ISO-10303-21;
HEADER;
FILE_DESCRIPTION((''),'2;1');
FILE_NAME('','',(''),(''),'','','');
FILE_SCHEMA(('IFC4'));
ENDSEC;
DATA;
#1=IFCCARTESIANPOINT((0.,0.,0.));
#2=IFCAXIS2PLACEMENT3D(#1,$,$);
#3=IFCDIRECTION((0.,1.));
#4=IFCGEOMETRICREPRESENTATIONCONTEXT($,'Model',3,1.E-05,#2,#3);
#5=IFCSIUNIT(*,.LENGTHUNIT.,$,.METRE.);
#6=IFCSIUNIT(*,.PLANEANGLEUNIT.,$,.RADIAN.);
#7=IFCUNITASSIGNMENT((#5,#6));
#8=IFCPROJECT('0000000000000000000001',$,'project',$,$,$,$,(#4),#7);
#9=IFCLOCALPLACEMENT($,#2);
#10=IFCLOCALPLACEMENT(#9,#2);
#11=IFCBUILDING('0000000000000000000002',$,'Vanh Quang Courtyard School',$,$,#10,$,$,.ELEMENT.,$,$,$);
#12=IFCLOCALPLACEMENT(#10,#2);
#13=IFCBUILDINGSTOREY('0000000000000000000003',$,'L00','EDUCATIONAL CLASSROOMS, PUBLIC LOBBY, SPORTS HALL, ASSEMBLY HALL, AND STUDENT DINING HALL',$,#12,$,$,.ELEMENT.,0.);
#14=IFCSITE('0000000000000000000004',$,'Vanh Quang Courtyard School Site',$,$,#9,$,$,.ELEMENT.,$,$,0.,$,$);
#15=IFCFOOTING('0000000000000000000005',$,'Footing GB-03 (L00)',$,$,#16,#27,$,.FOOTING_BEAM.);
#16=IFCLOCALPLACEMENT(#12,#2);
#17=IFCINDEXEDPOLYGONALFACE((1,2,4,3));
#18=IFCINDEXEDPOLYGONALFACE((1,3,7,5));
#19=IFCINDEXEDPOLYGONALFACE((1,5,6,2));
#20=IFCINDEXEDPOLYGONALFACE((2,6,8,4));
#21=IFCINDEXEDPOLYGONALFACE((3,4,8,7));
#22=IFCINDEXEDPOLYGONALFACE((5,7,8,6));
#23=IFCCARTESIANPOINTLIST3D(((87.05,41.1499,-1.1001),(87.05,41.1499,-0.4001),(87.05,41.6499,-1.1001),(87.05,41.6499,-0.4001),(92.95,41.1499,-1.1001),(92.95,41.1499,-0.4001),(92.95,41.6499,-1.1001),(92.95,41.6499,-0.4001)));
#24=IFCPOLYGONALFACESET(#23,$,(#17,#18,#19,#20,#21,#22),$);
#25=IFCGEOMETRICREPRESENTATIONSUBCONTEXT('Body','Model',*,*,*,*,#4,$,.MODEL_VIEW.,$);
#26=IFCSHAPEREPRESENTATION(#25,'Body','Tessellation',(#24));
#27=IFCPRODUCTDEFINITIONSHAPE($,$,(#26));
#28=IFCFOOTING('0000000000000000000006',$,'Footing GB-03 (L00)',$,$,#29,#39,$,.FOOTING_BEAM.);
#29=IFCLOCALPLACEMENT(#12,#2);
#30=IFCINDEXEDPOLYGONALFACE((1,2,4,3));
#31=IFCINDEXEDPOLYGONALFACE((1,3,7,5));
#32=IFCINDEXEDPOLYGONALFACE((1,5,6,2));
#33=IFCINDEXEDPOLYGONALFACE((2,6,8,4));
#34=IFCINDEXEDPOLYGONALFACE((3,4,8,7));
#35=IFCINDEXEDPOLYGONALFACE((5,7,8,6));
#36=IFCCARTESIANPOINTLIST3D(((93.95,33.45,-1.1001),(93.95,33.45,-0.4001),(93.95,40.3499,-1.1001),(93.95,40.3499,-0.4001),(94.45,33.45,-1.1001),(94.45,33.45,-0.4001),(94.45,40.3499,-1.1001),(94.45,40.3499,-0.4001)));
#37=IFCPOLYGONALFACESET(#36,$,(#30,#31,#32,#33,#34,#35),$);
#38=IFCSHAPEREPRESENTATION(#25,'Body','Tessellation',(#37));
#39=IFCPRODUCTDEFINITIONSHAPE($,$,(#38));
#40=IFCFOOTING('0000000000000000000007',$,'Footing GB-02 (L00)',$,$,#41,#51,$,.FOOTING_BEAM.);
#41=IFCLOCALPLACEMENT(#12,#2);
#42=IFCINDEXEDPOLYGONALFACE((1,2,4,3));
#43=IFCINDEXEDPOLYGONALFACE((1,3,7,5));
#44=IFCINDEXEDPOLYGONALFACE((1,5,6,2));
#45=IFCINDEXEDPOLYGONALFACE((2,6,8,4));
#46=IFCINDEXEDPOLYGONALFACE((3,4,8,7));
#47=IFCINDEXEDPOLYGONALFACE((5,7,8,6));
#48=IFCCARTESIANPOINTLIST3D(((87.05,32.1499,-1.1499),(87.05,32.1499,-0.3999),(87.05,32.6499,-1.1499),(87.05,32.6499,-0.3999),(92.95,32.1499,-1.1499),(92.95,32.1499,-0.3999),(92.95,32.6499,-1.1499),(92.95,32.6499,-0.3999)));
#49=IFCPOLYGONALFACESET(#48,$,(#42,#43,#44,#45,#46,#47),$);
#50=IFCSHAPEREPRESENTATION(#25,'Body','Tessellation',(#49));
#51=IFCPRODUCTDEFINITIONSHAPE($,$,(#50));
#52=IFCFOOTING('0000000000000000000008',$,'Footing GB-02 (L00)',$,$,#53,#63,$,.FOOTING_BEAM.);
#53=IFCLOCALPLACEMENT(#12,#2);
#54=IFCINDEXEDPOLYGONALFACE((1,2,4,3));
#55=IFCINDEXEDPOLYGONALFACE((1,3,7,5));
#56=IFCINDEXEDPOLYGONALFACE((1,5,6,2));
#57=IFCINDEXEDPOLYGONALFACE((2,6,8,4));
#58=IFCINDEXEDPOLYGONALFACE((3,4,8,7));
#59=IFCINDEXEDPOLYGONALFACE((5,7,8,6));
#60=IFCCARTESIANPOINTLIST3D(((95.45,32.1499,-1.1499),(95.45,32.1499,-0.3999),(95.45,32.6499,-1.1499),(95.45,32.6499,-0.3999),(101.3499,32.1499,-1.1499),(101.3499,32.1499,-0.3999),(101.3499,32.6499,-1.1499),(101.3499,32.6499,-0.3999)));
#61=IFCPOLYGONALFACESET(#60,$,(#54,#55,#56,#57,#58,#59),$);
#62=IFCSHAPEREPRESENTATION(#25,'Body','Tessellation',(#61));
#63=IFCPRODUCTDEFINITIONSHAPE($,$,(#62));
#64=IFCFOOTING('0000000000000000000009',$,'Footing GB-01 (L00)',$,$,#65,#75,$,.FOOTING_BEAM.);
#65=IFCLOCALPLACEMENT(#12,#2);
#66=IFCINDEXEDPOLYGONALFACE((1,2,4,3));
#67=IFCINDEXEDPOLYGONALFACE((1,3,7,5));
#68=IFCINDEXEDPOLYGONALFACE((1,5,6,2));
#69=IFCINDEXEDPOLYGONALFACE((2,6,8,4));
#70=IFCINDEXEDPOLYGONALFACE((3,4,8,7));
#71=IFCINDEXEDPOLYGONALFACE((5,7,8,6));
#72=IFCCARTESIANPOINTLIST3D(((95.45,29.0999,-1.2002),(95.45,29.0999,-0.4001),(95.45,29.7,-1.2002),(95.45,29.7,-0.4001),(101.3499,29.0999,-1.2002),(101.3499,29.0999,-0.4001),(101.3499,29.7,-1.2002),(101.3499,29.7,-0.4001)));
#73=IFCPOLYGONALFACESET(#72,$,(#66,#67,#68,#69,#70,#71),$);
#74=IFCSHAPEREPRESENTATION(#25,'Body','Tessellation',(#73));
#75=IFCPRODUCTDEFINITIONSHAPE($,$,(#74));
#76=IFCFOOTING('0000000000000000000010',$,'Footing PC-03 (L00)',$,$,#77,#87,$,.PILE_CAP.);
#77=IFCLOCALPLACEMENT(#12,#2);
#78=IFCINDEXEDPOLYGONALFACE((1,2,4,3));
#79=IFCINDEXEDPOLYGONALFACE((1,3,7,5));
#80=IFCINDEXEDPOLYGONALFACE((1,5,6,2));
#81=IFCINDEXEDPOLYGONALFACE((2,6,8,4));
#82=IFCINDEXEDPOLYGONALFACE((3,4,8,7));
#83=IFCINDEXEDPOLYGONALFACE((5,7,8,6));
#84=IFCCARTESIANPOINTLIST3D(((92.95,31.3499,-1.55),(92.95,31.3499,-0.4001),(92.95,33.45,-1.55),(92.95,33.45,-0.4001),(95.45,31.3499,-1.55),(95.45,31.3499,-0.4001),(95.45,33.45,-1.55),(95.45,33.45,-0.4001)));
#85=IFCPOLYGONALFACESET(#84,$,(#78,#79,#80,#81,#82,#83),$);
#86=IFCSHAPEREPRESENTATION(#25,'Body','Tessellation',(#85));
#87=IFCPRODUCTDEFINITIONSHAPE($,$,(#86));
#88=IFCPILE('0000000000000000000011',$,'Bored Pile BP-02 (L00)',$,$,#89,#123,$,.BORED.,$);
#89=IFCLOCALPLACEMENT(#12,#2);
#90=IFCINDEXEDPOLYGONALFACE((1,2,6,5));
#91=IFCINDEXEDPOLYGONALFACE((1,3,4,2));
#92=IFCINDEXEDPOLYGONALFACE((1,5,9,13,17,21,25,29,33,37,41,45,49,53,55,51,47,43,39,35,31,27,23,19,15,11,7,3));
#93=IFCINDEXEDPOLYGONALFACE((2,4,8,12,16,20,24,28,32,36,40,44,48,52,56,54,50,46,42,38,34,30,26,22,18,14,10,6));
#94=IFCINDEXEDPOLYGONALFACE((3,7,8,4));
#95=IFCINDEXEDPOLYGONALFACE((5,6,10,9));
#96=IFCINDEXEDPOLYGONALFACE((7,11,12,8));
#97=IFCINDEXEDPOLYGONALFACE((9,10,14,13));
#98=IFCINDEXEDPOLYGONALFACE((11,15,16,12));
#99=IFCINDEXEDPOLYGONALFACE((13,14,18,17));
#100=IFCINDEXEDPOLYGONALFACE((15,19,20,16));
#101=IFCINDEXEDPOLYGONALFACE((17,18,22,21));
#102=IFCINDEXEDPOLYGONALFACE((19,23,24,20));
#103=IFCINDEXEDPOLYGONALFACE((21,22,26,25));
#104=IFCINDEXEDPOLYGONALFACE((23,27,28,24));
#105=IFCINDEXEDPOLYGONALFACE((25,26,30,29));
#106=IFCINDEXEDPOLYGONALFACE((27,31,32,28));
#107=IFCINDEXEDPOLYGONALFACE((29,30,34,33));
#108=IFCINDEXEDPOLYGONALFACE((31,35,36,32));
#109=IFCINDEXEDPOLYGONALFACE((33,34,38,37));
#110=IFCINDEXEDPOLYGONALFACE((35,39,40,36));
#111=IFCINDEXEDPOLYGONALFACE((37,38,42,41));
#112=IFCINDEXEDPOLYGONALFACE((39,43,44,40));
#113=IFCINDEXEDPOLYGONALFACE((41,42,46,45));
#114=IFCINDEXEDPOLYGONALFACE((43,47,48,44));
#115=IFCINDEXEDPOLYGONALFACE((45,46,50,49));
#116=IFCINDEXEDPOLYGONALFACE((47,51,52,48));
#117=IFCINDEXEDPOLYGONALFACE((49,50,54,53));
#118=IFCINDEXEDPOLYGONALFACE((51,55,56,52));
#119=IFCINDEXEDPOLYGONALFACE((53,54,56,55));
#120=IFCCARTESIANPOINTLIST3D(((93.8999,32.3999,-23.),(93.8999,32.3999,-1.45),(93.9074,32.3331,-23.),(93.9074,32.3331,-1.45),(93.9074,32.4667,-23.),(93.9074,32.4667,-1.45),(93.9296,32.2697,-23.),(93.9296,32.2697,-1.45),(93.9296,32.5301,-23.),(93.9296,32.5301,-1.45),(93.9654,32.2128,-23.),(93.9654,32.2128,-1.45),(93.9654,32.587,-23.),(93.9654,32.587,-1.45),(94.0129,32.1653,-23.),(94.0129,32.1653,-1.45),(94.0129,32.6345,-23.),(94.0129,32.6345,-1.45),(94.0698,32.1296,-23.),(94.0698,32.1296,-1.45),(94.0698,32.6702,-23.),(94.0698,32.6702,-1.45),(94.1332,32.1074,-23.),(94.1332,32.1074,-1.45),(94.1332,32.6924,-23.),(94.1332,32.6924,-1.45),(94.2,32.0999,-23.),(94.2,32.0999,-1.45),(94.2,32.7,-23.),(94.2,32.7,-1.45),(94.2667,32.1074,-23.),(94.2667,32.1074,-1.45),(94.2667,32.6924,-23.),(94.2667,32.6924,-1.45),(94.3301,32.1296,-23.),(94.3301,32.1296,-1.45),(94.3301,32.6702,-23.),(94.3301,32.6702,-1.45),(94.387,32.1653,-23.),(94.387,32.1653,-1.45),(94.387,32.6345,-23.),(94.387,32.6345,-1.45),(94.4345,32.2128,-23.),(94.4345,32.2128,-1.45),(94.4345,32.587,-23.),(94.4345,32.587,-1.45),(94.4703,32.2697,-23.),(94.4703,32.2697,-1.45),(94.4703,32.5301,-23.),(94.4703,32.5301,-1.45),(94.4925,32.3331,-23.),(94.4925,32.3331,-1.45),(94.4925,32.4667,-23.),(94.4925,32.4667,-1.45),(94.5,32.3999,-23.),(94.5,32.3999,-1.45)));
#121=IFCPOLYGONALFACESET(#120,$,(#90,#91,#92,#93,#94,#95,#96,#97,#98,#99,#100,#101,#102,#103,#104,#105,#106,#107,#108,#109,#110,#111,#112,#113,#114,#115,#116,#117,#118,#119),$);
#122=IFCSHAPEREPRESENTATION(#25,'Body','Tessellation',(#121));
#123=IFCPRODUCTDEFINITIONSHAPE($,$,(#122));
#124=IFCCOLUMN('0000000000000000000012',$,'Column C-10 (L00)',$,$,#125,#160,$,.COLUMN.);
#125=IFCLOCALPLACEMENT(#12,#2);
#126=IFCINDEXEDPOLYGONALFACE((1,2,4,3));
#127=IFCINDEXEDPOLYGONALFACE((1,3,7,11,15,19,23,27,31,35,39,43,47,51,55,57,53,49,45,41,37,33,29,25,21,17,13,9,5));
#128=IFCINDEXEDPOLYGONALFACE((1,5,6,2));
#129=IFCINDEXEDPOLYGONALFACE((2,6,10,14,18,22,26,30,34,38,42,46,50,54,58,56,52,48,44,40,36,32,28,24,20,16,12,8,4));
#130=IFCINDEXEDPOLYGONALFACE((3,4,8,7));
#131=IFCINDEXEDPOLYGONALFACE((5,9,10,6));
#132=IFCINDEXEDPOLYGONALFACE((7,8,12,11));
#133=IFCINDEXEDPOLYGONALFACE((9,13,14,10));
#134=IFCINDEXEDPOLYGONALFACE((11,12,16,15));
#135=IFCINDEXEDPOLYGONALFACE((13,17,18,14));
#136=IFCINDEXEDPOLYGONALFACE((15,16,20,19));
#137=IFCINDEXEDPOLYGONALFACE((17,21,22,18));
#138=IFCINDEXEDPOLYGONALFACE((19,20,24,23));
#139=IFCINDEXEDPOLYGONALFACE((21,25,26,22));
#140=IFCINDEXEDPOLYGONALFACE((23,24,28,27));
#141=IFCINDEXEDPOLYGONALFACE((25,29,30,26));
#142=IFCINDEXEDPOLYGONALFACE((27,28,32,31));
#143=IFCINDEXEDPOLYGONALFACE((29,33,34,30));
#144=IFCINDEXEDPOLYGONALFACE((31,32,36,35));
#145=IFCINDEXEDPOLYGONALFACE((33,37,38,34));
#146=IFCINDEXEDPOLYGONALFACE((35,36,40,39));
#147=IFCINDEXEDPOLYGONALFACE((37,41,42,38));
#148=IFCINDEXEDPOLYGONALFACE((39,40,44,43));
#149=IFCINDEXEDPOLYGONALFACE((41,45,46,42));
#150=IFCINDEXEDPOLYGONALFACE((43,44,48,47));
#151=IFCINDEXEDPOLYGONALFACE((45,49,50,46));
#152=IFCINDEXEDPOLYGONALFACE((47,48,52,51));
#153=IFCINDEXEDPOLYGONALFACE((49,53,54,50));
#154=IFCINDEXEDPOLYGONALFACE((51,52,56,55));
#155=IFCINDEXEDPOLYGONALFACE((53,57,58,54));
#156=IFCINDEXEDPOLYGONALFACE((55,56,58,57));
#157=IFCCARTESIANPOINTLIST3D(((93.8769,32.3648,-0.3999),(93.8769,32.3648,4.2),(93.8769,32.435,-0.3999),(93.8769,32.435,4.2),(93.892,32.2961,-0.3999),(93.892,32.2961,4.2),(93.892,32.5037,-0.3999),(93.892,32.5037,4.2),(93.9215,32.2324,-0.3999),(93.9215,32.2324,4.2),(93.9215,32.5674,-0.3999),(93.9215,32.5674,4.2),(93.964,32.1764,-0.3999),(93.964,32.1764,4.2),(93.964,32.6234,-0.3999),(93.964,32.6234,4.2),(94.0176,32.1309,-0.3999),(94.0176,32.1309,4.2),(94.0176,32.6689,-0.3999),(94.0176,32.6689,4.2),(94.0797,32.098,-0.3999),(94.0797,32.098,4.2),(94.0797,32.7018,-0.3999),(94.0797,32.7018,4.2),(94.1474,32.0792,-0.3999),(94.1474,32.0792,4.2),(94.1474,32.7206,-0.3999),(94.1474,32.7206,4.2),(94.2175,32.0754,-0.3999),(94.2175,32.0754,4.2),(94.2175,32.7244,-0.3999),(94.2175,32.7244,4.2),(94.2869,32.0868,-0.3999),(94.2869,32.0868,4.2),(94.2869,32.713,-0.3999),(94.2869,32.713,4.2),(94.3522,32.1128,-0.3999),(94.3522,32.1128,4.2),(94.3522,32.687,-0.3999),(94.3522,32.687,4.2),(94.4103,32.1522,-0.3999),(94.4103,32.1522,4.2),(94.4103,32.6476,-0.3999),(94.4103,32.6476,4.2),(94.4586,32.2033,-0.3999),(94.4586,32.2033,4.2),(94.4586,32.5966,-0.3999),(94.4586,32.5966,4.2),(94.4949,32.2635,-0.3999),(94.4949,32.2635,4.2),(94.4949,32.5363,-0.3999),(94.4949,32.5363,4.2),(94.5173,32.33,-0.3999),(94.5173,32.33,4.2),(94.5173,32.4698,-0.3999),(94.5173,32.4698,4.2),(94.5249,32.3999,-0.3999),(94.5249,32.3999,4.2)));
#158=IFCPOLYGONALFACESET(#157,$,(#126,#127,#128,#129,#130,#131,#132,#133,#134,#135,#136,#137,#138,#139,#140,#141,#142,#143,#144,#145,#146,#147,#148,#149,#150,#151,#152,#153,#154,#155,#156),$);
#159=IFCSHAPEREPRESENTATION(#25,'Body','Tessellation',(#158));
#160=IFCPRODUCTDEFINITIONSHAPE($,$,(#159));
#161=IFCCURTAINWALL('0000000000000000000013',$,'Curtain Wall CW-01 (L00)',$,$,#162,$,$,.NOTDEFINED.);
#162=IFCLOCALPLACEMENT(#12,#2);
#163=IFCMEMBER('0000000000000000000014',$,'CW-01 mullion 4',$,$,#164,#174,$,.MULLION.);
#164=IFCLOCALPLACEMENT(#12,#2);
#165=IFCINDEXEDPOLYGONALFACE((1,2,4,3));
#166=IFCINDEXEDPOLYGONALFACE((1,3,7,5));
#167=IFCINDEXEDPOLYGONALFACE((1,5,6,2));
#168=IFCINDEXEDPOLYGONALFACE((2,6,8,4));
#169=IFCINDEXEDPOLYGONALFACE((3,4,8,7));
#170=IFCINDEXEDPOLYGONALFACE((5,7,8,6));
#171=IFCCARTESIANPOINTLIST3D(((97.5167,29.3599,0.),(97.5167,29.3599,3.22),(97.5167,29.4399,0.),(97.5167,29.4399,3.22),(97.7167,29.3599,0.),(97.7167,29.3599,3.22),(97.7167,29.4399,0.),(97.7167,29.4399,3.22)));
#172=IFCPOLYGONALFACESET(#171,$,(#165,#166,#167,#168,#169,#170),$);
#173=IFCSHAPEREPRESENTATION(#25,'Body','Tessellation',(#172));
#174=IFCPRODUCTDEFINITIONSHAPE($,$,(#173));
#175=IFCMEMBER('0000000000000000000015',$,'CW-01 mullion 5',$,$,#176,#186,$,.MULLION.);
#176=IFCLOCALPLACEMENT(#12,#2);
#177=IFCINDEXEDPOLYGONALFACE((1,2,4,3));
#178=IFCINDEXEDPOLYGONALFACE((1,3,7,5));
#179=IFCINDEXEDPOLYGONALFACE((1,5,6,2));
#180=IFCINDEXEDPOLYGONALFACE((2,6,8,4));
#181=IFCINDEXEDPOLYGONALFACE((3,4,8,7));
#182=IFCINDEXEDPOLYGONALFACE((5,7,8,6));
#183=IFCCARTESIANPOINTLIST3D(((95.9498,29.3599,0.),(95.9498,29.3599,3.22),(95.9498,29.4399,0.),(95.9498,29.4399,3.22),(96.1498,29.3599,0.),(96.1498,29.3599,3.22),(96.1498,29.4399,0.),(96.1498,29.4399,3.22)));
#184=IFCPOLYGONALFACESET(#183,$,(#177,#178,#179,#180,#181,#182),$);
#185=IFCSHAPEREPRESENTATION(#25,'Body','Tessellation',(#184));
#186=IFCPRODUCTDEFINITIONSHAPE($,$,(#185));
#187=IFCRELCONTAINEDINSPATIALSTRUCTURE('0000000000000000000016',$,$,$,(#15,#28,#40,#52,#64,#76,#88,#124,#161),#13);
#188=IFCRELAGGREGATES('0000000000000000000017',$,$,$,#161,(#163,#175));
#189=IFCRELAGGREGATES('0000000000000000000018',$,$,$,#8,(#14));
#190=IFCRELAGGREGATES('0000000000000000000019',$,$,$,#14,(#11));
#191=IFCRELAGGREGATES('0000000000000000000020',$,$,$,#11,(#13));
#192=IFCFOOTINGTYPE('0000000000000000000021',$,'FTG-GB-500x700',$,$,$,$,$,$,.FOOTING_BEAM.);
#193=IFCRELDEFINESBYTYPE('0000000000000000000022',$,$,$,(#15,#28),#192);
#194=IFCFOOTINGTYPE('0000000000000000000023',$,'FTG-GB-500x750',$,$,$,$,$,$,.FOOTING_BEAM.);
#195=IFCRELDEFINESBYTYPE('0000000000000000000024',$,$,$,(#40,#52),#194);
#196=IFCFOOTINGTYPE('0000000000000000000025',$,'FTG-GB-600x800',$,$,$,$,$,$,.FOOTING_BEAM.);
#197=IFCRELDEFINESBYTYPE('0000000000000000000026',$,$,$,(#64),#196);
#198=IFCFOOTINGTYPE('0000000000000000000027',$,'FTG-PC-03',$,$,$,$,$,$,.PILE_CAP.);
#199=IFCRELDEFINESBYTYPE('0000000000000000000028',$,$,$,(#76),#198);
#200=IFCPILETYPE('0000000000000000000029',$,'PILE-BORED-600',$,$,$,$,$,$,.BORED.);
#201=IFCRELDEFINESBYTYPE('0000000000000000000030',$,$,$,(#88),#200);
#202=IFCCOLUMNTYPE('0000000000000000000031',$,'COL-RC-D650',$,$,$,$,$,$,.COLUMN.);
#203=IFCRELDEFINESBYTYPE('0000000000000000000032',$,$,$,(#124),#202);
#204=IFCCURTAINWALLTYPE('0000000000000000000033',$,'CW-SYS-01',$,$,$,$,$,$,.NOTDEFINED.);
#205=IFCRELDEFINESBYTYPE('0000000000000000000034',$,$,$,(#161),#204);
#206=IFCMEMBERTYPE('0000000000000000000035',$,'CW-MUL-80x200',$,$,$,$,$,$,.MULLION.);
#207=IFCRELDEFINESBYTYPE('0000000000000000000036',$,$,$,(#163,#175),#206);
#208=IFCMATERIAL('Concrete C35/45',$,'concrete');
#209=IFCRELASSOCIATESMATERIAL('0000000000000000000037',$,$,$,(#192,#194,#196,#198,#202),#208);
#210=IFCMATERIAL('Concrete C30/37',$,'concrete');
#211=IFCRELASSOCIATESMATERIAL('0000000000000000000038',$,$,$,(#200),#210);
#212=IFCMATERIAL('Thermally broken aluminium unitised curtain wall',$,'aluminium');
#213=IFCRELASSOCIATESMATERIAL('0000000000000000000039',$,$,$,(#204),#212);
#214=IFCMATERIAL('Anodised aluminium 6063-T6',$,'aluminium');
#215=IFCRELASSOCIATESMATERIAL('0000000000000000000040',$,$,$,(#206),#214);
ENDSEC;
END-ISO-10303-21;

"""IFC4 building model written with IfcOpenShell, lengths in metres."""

from ifc_helpers import new_model, si_unit, direction, frame, origin, origin_2d, place, context, subcontext, project, spatial, rectangle, circle, extrude, material, material_profile, profile_set, type_object, element, aggregate, save


model = new_model("IFC4")

# Units and contexts
model_context = context("Model", 3, precision=1e-05, world=origin(), true_north=direction((0.0, 1.0)))
body_context = subcontext(model_context, "Body", "Model", "MODEL_VIEW")
ifc_project = project(units=[si_unit("LENGTHUNIT", "METRE"), si_unit("PLANEANGLEUNIT", "RADIAN")], contexts=[model_context])

# Site, building, storey
site_placement = place(None, origin())
site = spatial("IfcSite", under=ifc_project, at=site_placement, Name="Vanh Quang Courtyard School Site", CompositionType="ELEMENT", RefElevation=0.0)
building_placement = place(site_placement, origin())
building = spatial("IfcBuilding", under=site, at=building_placement, Name="Vanh Quang Courtyard School", CompositionType="ELEMENT")
storey_placement = place(building_placement, origin())
storey = spatial("IfcBuildingStorey", under=building, at=storey_placement, Name="L00", Description="EDUCATIONAL CLASSROOMS, PUBLIC LOBBY, SPORTS HALL, ASSEMBLY HALL, AND STUDENT DINING HALL", CompositionType="ELEMENT", Elevation=0.0)

# Footings
ifc_material_1 = material(Name="Concrete C35/45", Category="concrete")
footing_type_1 = type_object("IfcFootingType", Name="FTG-GB-500x700", PredefinedType="FOOTING_BEAM", material=ifc_material_1)
footing_1_placement = place(storey_placement, frame((90.0, 41.3999, -1.1001), z_axis=(0.0, 0.0, 1.0), x_axis=(1.0, 0.0, 0.0)))
element("IfcFooting", 1, at=footing_1_placement, inside=storey, type_object=footing_type_1, Name="Footing GB-03 (L00)", PredefinedType="FOOTING_BEAM", context=body_context, shape_type="SweptSolid", body=[
    extrude(rectangle(XDim=5.8999, YDim=0.5, at=origin_2d()), origin(), (0.0, 0.0, 1.0), 0.7),
])
footing_2_placement = place(storey_placement, frame((94.2, 36.8999, -1.1001), z_axis=(0.0, 0.0, 1.0), x_axis=(0.0, 1.0, 0.0)))
element("IfcFooting", 2, at=footing_2_placement, inside=storey, type_object=footing_type_1, Name="Footing GB-03 (L00)", PredefinedType="FOOTING_BEAM", context=body_context, shape_type="SweptSolid", body=[
    extrude(rectangle(XDim=6.8999, YDim=0.5, at=origin_2d()), origin(), (0.0, 0.0, 1.0), 0.7),
])
footing_type_2 = type_object("IfcFootingType", Name="FTG-GB-500x750", PredefinedType="FOOTING_BEAM", material=ifc_material_1)
for number, where, z_axis, x_axis, name in (
    (3, (90.0, 32.3999, -1.1499), (0.0, 0.0, 1.0), (1.0, 0.0, 0.0), "Footing GB-02 (L00)"),
    (4, (98.3999, 32.3999, -1.1499), (0.0, 0.0, 1.0), (1.0, 0.0, 0.0), "Footing GB-02 (L00)"),
):
    element("IfcFooting", number, at=place(storey_placement, frame(where, z_axis=z_axis, x_axis=x_axis)), inside=storey, type_object=footing_type_2, Name=name, PredefinedType="FOOTING_BEAM", context=body_context, shape_type="SweptSolid", body=[
        extrude(rectangle(XDim=5.8999, YDim=0.5, at=origin_2d()), origin(), (0.0, 0.0, 1.0), 0.75),
    ])
footing_type_3 = type_object("IfcFootingType", Name="FTG-GB-600x800", PredefinedType="FOOTING_BEAM", material=ifc_material_1)
footing_3_placement = place(storey_placement, frame((98.3999, 29.3999, -1.2002), z_axis=(0.0, 0.0, 1.0), x_axis=(1.0, 0.0, 0.0)))
element("IfcFooting", 5, at=footing_3_placement, inside=storey, type_object=footing_type_3, Name="Footing GB-01 (L00)", PredefinedType="FOOTING_BEAM", context=body_context, shape_type="SweptSolid", body=[
    extrude(rectangle(XDim=5.8999, YDim=0.6001, at=origin_2d()), origin(), (0.0, 0.0, 1.0), 0.8),
])
footing_type_4 = type_object("IfcFootingType", Name="FTG-PC-03", PredefinedType="PILE_CAP", material=ifc_material_1)
footing_4_placement = place(storey_placement, frame((94.2, 32.3999, -1.55), z_axis=(0.0, 0.0, 1.0), x_axis=(1.0, 0.0, 0.0)))
element("IfcFooting", 6, at=footing_4_placement, inside=storey, type_object=footing_type_4, Name="Footing PC-03 (L00)", PredefinedType="PILE_CAP", context=body_context, shape_type="SweptSolid", body=[
    extrude(rectangle(XDim=2.5, YDim=2.1001, at=origin_2d()), origin(), (0.0, 0.0, 1.0), 1.1499),
])

# Pile
ifc_material_2 = material(Name="Concrete C30/37", Category="concrete")
ifc_material_profile_1 = material_profile(ifc_material_2, circle(Radius=0.3, at=origin_2d()), Name="PILE D600")
ifc_profile_set_1 = profile_set([ifc_material_profile_1], Name="Concrete C30/37")
pile_type = type_object("IfcPileType", Name="PILE-BORED-600", PredefinedType="BORED", material=ifc_profile_set_1)
pile_placement = place(storey_placement, frame((94.2, 32.3999, -1.45), z_axis=(0.0, 0.0, -1.0), x_axis=(1.0, 0.0, 0.0)))
element("IfcPile", 7, at=pile_placement, inside=storey, type_object=pile_type, Name="Bored Pile BP-02 (L00)", PredefinedType="BORED", context=body_context, shape_type="SweptSolid", body=[
    extrude(circle(Radius=0.3, at=origin_2d()), origin(), (0.0, 0.0, 1.0), 21.55),
])

# Column
ifc_material_profile_2 = material_profile(ifc_material_1, circle(Radius=0.325, at=origin_2d()), Name="RC-COL D650")
ifc_profile_set_2 = profile_set([ifc_material_profile_2], Name="Concrete C35/45")
column_type = type_object("IfcColumnType", Name="COL-RC-D650", PredefinedType="COLUMN", material=ifc_profile_set_2)
column_placement = place(storey_placement, frame((94.2, 32.3999, -0.3999), z_axis=(0.0, 0.0, 1.0), x_axis=(1.0, 0.0, 0.0)))
element("IfcColumn", 8, at=column_placement, inside=storey, type_object=column_type, Name="Column C-10 (L00)", PredefinedType="COLUMN", context=body_context, shape_type="SweptSolid", body=[
    extrude(circle(Radius=0.325, at=origin_2d()), origin(), (0.0, 0.0, 1.0), 4.5999),
])

# Curtain wall, members
ifc_material_3 = material(Name="Thermally broken aluminium unitised curtain wall", Category="aluminium")
curtain_wall_type = type_object("IfcCurtainWallType", Name="CW-SYS-01", PredefinedType="NOTDEFINED", material=ifc_material_3)
curtain_wall_placement = place(storey_placement, origin())
curtain_wall = element("IfcCurtainWall", 9, at=curtain_wall_placement, inside=storey, type_object=curtain_wall_type, Name="Curtain Wall CW-01 (L00)", PredefinedType="NOTDEFINED")
ifc_material_4 = material(Name="Anodised aluminium 6063-T6", Category="aluminium")
ifc_material_profile_3 = material_profile(ifc_material_4, rectangle(XDim=0.0801, YDim=0.2, at=origin_2d()), Name="ALU-MUL 80x200")
ifc_profile_set_3 = profile_set([ifc_material_profile_3], Name="Anodised aluminium 6063-T6")
member_type_1 = type_object("IfcMemberType", Name="CW-MUL-80x200", PredefinedType="MULLION", material=ifc_profile_set_3)
member_1_placement = place(storey_placement, frame((97.6167, 29.3999, 0.0), z_axis=(0.0, 0.0, 1.0), x_axis=(0.0, -1.0, 0.0)))
member_1 = element("IfcMember", 10, at=member_1_placement, type_object=member_type_1, Name="CW-01 mullion 4", PredefinedType="MULLION", context=body_context, shape_type="SweptSolid", body=[
    extrude(rectangle(XDim=0.0801, YDim=0.2, at=origin_2d()), origin(), (0.0, 0.0, 1.0), 3.22),
])
member_2_placement = place(storey_placement, frame((96.0498, 29.3999, 0.0), z_axis=(0.0, 0.0, 1.0), x_axis=(0.0, -1.0, 0.0)))
member_2 = element("IfcMember", 11, at=member_2_placement, type_object=member_type_1, Name="CW-01 mullion 5", PredefinedType="MULLION", context=body_context, shape_type="SweptSolid", body=[
    extrude(rectangle(XDim=0.0801, YDim=0.2, at=origin_2d()), origin(), (0.0, 0.0, 1.0), 3.22),
])
aggregate(curtain_wall, [member_1, member_2])

save(model, "model.ifc")
